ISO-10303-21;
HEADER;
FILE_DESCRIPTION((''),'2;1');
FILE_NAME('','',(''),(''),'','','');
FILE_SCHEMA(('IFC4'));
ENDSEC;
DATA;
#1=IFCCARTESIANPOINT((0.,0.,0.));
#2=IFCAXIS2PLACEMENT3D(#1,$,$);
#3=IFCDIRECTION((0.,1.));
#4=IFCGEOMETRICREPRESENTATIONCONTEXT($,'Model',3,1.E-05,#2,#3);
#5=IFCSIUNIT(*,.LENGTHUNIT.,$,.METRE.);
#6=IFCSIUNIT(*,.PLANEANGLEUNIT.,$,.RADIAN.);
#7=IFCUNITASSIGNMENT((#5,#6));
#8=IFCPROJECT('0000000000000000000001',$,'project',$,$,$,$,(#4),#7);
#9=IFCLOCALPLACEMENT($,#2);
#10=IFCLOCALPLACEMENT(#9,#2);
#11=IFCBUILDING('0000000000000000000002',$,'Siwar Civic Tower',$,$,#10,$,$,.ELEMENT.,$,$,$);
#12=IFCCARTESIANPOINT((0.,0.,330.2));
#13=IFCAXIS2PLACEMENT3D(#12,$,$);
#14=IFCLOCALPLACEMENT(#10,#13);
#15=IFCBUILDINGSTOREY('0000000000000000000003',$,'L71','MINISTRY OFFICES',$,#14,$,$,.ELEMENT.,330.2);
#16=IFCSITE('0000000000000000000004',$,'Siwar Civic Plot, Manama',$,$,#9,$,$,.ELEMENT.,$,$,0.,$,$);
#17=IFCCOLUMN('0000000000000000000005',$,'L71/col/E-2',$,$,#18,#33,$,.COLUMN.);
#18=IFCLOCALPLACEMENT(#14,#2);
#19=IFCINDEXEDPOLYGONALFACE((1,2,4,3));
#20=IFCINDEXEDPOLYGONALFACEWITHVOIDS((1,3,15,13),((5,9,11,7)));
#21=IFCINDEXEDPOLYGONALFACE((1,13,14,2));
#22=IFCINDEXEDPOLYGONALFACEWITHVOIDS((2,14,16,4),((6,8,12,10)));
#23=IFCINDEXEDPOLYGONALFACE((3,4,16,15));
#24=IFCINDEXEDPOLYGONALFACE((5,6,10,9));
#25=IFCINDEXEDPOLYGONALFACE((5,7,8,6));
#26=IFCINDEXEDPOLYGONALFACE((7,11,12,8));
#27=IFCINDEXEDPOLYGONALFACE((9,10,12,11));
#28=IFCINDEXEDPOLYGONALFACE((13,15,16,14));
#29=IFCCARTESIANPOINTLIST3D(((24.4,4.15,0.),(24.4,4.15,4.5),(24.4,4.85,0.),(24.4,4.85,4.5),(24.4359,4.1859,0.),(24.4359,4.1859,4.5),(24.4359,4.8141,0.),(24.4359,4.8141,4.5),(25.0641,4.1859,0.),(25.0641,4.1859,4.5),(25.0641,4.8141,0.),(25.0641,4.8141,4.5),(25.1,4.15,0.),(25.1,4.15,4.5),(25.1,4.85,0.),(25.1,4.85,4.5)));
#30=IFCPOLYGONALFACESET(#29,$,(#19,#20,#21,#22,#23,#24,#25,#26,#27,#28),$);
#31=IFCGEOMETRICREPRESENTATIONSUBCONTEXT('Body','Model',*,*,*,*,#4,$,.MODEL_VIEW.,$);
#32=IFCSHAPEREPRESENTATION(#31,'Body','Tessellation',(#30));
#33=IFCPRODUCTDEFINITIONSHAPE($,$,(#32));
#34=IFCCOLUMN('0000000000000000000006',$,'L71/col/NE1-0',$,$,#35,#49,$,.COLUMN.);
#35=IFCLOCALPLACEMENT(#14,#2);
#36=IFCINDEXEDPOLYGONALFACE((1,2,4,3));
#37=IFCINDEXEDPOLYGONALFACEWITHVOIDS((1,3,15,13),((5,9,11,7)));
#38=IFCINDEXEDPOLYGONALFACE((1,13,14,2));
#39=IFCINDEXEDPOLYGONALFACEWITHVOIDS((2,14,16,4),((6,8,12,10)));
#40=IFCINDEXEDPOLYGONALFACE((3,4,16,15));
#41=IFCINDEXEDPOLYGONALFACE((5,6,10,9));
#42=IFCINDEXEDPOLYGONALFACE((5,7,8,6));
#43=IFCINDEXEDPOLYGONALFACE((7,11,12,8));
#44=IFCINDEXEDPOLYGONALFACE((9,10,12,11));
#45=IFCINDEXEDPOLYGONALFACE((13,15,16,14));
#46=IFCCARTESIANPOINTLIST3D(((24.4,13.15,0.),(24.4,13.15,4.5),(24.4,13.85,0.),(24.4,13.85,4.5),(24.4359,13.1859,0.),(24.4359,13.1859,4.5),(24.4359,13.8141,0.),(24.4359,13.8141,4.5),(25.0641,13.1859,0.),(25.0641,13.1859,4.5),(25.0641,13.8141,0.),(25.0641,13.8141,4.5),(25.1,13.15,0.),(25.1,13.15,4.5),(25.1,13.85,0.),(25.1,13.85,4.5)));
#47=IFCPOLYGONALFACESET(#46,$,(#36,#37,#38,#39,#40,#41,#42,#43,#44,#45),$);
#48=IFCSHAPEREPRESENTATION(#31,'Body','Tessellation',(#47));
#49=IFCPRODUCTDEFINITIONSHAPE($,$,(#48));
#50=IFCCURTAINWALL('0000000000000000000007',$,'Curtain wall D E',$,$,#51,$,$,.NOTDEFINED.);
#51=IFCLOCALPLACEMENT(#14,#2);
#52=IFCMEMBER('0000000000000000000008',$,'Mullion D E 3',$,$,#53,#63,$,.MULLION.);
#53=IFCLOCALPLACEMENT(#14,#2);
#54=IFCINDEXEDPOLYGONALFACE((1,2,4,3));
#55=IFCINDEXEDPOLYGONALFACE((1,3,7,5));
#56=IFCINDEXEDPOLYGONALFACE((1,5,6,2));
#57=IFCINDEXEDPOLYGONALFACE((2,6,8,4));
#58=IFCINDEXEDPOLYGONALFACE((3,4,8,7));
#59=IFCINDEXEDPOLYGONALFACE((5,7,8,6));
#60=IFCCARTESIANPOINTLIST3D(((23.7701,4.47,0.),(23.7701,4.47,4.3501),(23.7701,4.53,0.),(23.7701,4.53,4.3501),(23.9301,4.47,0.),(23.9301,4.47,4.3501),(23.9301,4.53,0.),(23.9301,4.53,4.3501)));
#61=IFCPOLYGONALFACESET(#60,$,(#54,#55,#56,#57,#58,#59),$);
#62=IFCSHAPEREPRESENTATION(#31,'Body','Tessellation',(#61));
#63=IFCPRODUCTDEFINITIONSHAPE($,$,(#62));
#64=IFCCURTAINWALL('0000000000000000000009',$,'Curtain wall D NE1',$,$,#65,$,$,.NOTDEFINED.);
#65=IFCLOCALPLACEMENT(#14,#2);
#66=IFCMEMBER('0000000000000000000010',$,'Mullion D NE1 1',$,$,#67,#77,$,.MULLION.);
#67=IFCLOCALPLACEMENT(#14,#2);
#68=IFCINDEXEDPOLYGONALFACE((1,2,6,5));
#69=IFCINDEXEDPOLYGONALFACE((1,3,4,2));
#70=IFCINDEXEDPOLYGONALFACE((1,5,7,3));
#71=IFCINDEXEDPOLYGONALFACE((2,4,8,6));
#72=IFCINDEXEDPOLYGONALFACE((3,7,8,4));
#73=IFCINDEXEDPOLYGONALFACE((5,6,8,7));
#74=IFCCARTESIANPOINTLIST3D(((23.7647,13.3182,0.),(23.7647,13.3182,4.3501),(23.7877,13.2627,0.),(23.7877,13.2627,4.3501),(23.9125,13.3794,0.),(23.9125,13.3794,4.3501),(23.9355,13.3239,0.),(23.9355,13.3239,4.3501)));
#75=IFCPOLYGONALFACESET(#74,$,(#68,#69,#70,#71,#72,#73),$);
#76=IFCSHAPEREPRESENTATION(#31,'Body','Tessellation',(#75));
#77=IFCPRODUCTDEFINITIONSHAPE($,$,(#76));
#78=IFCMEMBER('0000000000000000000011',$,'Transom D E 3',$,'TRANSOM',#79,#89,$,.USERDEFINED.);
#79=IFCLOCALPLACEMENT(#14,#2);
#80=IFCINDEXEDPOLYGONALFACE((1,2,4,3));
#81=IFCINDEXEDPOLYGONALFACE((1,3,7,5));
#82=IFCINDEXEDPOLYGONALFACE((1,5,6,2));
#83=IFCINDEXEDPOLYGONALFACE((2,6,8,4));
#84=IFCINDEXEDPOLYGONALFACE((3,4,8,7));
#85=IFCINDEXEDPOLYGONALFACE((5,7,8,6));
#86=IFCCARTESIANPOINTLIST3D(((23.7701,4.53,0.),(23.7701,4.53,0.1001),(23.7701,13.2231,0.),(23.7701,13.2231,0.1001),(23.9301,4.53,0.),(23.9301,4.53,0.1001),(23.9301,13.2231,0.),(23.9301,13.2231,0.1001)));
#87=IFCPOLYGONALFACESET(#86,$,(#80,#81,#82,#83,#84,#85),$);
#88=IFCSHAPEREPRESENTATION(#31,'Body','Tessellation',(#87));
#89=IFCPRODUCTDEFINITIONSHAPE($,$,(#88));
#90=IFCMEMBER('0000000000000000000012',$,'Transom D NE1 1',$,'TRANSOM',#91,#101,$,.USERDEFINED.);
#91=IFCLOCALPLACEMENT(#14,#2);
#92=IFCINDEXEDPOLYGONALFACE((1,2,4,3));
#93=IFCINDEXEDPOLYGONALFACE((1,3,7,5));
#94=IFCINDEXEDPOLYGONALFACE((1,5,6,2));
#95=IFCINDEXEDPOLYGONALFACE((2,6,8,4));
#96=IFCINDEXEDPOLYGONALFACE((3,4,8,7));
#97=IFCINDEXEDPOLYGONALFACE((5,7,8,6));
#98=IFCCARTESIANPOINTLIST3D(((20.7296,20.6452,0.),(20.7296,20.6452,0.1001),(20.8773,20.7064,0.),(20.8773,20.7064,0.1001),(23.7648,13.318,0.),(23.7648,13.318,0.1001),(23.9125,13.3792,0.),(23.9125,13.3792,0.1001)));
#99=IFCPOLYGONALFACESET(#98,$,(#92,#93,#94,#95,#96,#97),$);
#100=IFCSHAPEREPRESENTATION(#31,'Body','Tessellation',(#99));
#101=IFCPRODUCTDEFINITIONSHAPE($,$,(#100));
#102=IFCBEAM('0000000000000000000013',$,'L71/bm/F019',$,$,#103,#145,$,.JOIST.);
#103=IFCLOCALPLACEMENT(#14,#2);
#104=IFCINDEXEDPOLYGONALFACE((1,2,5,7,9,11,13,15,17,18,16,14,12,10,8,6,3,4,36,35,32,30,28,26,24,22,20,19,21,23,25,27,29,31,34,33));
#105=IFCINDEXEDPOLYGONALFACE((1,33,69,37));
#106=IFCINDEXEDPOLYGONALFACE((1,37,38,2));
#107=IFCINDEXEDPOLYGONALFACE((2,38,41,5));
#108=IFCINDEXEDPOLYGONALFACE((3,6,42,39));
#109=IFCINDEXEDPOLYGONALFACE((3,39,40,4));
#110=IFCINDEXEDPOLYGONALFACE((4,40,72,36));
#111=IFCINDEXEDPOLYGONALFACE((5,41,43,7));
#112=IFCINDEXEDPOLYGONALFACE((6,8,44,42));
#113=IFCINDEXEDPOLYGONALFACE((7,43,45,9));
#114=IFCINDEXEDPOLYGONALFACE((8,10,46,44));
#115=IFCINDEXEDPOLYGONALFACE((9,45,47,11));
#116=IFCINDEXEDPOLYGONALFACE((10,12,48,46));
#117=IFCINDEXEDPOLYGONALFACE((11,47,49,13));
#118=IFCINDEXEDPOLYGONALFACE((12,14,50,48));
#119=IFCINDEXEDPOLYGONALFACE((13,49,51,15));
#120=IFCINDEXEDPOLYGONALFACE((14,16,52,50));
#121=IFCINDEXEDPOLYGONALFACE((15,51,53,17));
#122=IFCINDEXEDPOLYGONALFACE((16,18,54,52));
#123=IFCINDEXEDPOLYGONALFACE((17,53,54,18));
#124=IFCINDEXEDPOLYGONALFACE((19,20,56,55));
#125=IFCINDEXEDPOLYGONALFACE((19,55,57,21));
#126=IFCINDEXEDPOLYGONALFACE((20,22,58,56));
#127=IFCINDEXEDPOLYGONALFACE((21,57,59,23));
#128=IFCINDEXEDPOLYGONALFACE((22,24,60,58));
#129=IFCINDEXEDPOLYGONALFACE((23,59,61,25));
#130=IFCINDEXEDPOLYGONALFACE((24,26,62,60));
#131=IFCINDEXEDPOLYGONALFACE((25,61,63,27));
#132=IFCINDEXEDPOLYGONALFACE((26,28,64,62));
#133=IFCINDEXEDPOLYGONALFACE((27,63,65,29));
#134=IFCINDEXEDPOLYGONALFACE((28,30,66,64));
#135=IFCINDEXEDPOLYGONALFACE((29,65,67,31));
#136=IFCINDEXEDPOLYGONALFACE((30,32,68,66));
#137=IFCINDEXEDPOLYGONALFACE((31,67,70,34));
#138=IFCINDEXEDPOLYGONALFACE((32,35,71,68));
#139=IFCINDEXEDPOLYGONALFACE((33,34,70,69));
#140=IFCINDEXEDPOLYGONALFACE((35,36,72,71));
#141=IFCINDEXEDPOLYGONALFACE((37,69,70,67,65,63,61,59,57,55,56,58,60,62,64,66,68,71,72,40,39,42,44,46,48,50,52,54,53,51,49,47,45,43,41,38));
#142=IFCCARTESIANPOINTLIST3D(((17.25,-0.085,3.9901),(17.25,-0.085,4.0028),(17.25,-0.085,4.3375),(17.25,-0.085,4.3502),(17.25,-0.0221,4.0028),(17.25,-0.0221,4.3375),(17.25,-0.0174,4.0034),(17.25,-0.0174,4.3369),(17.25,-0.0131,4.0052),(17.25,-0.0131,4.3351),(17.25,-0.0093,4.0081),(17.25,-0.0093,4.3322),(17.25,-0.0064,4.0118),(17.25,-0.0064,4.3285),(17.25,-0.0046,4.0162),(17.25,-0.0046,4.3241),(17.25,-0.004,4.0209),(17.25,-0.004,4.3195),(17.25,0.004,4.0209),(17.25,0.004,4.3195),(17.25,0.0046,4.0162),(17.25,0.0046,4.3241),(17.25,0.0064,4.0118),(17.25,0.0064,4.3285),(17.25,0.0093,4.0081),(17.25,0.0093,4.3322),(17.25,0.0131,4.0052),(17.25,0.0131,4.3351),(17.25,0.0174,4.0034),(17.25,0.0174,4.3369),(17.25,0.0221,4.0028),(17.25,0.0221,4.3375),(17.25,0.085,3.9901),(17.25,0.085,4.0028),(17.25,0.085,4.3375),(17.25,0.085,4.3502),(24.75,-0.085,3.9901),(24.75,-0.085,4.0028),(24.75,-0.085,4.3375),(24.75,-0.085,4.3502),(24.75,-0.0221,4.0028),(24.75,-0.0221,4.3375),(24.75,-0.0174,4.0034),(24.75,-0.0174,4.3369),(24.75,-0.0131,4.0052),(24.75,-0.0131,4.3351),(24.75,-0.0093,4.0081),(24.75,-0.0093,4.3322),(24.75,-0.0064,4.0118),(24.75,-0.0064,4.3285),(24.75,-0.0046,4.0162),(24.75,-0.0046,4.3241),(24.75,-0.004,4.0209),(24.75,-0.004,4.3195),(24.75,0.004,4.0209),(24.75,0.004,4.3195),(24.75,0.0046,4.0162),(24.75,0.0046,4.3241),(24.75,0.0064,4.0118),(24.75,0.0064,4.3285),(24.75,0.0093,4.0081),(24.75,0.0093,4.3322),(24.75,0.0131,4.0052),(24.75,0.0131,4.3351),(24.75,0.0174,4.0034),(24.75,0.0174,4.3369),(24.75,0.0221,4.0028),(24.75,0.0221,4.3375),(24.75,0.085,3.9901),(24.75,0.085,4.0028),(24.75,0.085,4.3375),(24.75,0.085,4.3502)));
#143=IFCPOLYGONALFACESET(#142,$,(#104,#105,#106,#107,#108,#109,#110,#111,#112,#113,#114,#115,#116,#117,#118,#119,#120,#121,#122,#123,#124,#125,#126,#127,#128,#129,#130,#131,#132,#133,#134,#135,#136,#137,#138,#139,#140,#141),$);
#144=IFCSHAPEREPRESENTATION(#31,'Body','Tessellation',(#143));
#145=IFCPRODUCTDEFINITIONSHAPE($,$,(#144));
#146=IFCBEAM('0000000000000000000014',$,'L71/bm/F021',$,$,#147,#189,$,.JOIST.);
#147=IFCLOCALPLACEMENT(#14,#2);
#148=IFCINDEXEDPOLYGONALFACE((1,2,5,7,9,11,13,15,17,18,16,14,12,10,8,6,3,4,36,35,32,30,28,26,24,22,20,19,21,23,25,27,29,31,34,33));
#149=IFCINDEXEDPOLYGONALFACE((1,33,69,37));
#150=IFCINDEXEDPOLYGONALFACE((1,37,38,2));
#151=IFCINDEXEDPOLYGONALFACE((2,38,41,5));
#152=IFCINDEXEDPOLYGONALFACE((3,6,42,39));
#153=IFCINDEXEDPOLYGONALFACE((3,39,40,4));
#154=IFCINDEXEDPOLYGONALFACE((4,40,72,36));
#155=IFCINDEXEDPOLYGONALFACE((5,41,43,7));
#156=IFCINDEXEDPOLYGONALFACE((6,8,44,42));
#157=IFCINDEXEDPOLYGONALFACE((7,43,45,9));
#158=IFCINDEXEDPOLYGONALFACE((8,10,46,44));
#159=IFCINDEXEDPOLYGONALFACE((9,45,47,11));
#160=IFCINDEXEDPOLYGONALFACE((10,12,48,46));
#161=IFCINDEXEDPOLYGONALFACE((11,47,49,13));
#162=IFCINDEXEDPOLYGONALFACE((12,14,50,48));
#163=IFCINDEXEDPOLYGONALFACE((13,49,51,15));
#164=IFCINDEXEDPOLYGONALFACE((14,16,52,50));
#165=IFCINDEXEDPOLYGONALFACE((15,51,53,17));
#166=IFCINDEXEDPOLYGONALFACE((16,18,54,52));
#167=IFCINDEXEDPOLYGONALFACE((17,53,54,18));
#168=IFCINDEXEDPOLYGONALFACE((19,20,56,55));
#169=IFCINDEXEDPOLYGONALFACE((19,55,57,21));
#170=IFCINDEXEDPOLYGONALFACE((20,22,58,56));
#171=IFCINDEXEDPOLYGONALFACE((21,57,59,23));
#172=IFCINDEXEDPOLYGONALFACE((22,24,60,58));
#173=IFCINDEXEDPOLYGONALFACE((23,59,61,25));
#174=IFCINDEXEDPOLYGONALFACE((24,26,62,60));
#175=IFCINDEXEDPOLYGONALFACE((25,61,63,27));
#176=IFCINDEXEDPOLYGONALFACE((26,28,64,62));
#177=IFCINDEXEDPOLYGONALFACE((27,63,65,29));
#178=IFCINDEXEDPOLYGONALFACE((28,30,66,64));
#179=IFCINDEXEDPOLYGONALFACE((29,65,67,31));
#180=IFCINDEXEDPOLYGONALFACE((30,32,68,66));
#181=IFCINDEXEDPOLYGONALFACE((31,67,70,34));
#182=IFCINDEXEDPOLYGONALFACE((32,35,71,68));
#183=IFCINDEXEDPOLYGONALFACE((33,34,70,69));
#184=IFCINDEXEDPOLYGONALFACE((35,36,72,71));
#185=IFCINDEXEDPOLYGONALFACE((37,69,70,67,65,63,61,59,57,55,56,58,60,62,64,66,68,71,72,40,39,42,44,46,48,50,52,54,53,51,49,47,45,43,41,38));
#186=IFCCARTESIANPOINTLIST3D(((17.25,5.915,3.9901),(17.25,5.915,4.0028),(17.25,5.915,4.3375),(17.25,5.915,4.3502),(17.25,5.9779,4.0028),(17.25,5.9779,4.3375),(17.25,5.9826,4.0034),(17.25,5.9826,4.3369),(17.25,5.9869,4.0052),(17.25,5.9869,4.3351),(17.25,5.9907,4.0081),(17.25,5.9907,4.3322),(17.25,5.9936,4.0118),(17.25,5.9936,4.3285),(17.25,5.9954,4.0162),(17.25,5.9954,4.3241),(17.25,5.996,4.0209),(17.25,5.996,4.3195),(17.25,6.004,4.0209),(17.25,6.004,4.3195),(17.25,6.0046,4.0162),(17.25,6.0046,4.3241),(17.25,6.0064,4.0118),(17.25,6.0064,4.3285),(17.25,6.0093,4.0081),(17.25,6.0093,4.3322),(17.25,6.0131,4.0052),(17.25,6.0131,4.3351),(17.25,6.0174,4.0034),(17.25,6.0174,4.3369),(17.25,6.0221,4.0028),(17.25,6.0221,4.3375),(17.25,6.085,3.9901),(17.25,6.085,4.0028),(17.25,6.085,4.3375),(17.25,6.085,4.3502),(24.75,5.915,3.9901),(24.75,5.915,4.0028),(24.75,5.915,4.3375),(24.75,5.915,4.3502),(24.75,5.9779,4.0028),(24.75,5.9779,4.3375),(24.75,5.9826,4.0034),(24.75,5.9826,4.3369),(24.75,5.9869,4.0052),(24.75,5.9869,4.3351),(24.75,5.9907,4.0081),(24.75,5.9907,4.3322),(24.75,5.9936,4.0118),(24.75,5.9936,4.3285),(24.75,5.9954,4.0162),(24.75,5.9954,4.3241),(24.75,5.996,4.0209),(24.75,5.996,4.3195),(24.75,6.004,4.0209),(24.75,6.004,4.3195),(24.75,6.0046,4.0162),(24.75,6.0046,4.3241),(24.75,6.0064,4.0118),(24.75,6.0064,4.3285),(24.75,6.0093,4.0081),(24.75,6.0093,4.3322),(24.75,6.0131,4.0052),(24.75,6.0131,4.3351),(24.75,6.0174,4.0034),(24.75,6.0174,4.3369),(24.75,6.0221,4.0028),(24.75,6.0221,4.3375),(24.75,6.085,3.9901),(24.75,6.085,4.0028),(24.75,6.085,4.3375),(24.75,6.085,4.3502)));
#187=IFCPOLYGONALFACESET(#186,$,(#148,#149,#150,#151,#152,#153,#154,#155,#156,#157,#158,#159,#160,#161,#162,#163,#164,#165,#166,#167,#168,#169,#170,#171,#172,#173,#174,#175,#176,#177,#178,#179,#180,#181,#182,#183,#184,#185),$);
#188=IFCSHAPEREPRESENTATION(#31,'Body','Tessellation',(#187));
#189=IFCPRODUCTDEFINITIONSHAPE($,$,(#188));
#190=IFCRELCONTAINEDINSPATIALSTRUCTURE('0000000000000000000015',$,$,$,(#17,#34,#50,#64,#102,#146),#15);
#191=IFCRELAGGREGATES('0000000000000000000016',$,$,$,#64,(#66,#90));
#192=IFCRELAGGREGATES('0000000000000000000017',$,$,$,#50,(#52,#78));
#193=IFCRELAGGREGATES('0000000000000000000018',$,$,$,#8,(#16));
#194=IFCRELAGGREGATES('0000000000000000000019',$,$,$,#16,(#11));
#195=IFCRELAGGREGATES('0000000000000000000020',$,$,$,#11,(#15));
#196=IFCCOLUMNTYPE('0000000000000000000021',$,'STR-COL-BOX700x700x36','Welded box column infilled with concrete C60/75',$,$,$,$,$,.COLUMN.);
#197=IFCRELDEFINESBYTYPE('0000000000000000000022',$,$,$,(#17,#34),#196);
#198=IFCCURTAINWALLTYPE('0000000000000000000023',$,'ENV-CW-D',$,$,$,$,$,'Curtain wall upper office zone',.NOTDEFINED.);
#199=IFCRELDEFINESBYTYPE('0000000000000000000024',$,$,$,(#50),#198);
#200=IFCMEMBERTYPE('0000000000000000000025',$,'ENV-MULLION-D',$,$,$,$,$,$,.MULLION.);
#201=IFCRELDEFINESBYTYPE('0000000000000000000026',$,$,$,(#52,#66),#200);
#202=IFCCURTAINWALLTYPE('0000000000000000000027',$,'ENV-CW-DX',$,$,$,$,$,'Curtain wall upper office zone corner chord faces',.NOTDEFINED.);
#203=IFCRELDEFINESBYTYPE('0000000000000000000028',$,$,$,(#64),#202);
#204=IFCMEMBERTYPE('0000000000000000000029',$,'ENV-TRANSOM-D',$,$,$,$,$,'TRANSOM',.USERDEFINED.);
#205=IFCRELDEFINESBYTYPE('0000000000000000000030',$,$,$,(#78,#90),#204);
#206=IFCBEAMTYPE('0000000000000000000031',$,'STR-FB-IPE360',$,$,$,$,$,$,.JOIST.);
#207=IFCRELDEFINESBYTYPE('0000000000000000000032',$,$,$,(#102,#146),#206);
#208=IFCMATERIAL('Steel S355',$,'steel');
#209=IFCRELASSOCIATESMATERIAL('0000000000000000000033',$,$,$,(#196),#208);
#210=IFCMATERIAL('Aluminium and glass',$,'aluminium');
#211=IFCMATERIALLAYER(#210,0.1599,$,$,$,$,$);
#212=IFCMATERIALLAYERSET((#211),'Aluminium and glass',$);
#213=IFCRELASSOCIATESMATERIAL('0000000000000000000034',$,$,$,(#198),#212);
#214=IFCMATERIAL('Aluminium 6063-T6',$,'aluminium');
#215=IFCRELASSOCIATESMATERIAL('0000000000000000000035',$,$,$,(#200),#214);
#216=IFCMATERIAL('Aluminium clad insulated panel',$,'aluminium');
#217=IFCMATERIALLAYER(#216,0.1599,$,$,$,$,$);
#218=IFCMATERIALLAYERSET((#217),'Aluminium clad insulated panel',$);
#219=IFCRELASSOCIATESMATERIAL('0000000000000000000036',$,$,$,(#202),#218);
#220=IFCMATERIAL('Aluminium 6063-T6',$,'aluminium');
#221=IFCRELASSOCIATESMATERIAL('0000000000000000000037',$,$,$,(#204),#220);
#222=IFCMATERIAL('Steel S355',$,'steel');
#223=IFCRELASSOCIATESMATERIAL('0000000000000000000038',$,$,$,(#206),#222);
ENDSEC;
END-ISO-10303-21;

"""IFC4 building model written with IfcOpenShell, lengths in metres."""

from ifc_helpers import new_model, si_unit, direction, frame, origin, origin_2d, place, context, subcontext, project, spatial, rectangle, hollow_rectangle, i_section, extrude, material, layer, layer_set, material_profile, profile_set, type_object, element, aggregate, save


model = new_model("IFC4")

# Units and contexts
model_context = context("Model", 3, precision=1e-05, world=origin(), true_north=direction((0.0, 1.0)))
body_context = subcontext(model_context, "Body", "Model", "MODEL_VIEW")
ifc_project = project(units=[si_unit("LENGTHUNIT", "METRE"), si_unit("PLANEANGLEUNIT", "RADIAN")], contexts=[model_context])

# Site, building, storey
site_placement = place(None, origin())
site = spatial("IfcSite", under=ifc_project, at=site_placement, Name="Siwar Civic Plot, Manama", CompositionType="ELEMENT", RefElevation=0.0)
building_placement = place(site_placement, origin())
building = spatial("IfcBuilding", under=site, at=building_placement, Name="Siwar Civic Tower", CompositionType="ELEMENT")
storey_placement = place(building_placement, frame((0.0, 0.0, 330.2)))
storey = spatial("IfcBuildingStorey", under=building, at=storey_placement, Name="L71", Description="MINISTRY OFFICES", CompositionType="ELEMENT", Elevation=330.2)

# Columns
ifc_material_1 = material(Name="Steel S355", Category="steel")
ifc_material_profile_1 = material_profile(ifc_material_1, hollow_rectangle(XDim=0.7, YDim=0.7, WallThickness=0.0359, at=origin_2d()), Name="BOX700x700x36")
ifc_profile_set_1 = profile_set([ifc_material_profile_1], Name="Steel S355")
column_type = type_object("IfcColumnType", Name="STR-COL-BOX700x700x36", Description="Welded box column infilled with concrete C60/75", PredefinedType="COLUMN", material=ifc_profile_set_1)
for number, where, z_axis, x_axis, name in (
    (1, (24.75, 4.5, 0.0), (0.0, 0.0, 1.0), (1.0, 0.0, 0.0), "L71/col/E-2"),
    (2, (24.75, 13.5, 0.0), (0.0, 0.0, 1.0), (1.0, 0.0, 0.0), "L71/col/NE1-0"),
):
    element("IfcColumn", number, at=place(storey_placement, frame(where, z_axis=z_axis, x_axis=x_axis)), inside=storey, type_object=column_type, Name=name, PredefinedType="COLUMN", context=body_context, shape_type="SweptSolid", body=[
        extrude(hollow_rectangle(XDim=0.7, YDim=0.7, WallThickness=0.0359, at=origin_2d()), origin(), (0.0, 0.0, 1.0), 4.5),
    ])

# Curtain walls, members
ifc_material_2 = material(Name="Aluminium and glass", Category="aluminium")
ifc_layer_1 = layer(ifc_material_2, 0.1599)
ifc_layer_set_1 = layer_set([ifc_layer_1], Name="Aluminium and glass")
curtain_wall_type_1 = type_object("IfcCurtainWallType", Name="ENV-CW-D", ElementType="Curtain wall upper office zone", PredefinedType="NOTDEFINED", material=ifc_layer_set_1)
curtain_wall_1_placement = place(storey_placement, origin())
curtain_wall_1 = element("IfcCurtainWall", 3, at=curtain_wall_1_placement, inside=storey, type_object=curtain_wall_type_1, Name="Curtain wall D E", PredefinedType="NOTDEFINED")
ifc_material_3 = material(Name="Aluminium 6063-T6", Category="aluminium")
ifc_material_profile_2 = material_profile(ifc_material_3, rectangle(XDim=0.1599, YDim=0.0601, at=origin_2d()), Name="AL 160x60")
ifc_profile_set_2 = profile_set([ifc_material_profile_2], Name="Aluminium 6063-T6")
member_type_1 = type_object("IfcMemberType", Name="ENV-MULLION-D", PredefinedType="MULLION", material=ifc_profile_set_2)
member_1_placement = place(storey_placement, frame((23.8501, 4.5, 0.0), z_axis=(0.0, 0.0, 1.0), x_axis=(-1.0, 0.0, 0.0)))
member_1 = element("IfcMember", 4, at=member_1_placement, type_object=member_type_1, Name="Mullion D E 3", PredefinedType="MULLION", context=body_context, shape_type="SweptSolid", body=[
    extrude(rectangle(XDim=0.1599, YDim=0.0601, at=origin_2d()), origin(), (0.0, 0.0, 1.0), 4.3501),
])
ifc_material_4 = material(Name="Aluminium clad insulated panel", Category="aluminium")
ifc_layer_2 = layer(ifc_material_4, 0.1599)
ifc_layer_set_2 = layer_set([ifc_layer_2], Name="Aluminium clad insulated panel")
curtain_wall_type_2 = type_object("IfcCurtainWallType", Name="ENV-CW-DX", ElementType="Curtain wall upper office zone corner chord faces", PredefinedType="NOTDEFINED", material=ifc_layer_set_2)
curtain_wall_2_placement = place(storey_placement, origin())
curtain_wall_2 = element("IfcCurtainWall", 5, at=curtain_wall_2_placement, inside=storey, type_object=curtain_wall_type_2, Name="Curtain wall D NE1", PredefinedType="NOTDEFINED")
member_2_placement = place(storey_placement, frame((23.8501, 13.321, 0.0), z_axis=(0.0, 0.0, 1.0), x_axis=(-0.92388, -0.382683, 0.0)))
member_2 = element("IfcMember", 6, at=member_2_placement, type_object=member_type_1, Name="Mullion D NE1 1", PredefinedType="MULLION", context=body_context, shape_type="SweptSolid", body=[
    extrude(rectangle(XDim=0.1599, YDim=0.0601, at=origin_2d()), origin(), (0.0, 0.0, 1.0), 4.3501),
])

# Members
ifc_material_5 = material(Name="Aluminium 6063-T6", Category="aluminium")
ifc_material_profile_3 = material_profile(ifc_material_5, rectangle(XDim=0.1599, YDim=0.1001, at=origin_2d()), Name="AL 160x100")
ifc_profile_set_3 = profile_set([ifc_material_profile_3], Name="Aluminium 6063-T6")
member_type_2 = type_object("IfcMemberType", Name="ENV-TRANSOM-D", ElementType="TRANSOM", PredefinedType="USERDEFINED", material=ifc_profile_set_3)
member_3_placement = place(storey_placement, frame((23.8501, 4.53, 0.05), z_axis=(0.0, 1.0, 0.0), x_axis=(-1.0, 0.0, 0.0)))
member_3 = element("IfcMember", 7, at=member_3_placement, type_object=member_type_2, Name="Transom D E 3", ObjectType="TRANSOM", PredefinedType="USERDEFINED", context=body_context, shape_type="SweptSolid", body=[
    extrude(rectangle(XDim=0.1599, YDim=0.1001, at=origin_2d()), origin(), (0.0, 0.0, 1.0), 8.6931),
])
member_4_placement = place(storey_placement, frame((23.8386, 13.3486, 0.05), z_axis=(-0.3827, 0.923873, 0.0), x_axis=(-0.923873, -0.3827, 0.0)))
member_4 = element("IfcMember", 8, at=member_4_placement, type_object=member_type_2, Name="Transom D NE1 1", ObjectType="TRANSOM", PredefinedType="USERDEFINED", context=body_context, shape_type="SweptSolid", body=[
    extrude(rectangle(XDim=0.1599, YDim=0.1001, at=origin_2d()), origin(), (0.0, 0.0, 1.0), 7.9309),
])
aggregate(curtain_wall_2, [member_2, member_4])

# Beams
ifc_material_6 = material(Name="Steel S355", Category="steel")
ifc_material_profile_4 = material_profile(ifc_material_6, i_section(OverallWidth=0.1699, OverallDepth=0.3601, WebThickness=0.0081, FlangeThickness=0.0127, FilletRadius=0.0181, at=origin_2d()), Name="IPE360")
ifc_profile_set_4 = profile_set([ifc_material_profile_4], Name="Steel S355")
beam_type_1 = type_object("IfcBeamType", Name="STR-FB-IPE360", PredefinedType="JOIST", material=ifc_profile_set_4)
for number, where, z_axis, x_axis, name in (
    (9, (17.25, 0.0, 4.1702), (1.0, 0.0, 0.0), (0.0, 1.0, 0.0), "L71/bm/F019"),
    (10, (17.25, 6.0, 4.1702), (1.0, 0.0, 0.0), (0.0, 1.0, 0.0), "L71/bm/F021"),
):
    element("IfcBeam", number, at=place(storey_placement, frame(where, z_axis=z_axis, x_axis=x_axis)), inside=storey, type_object=beam_type_1, Name=name, PredefinedType="JOIST", context=body_context, shape_type="SweptSolid", body=[
        extrude(i_section(OverallWidth=0.1699, OverallDepth=0.3601, WebThickness=0.0081, FlangeThickness=0.0127, FilletRadius=0.0181, at=origin_2d()), origin(), (0.0, 0.0, 1.0), 7.5),
    ])

aggregate(curtain_wall_1, [member_1, member_3])

save(model, "model.ifc")
